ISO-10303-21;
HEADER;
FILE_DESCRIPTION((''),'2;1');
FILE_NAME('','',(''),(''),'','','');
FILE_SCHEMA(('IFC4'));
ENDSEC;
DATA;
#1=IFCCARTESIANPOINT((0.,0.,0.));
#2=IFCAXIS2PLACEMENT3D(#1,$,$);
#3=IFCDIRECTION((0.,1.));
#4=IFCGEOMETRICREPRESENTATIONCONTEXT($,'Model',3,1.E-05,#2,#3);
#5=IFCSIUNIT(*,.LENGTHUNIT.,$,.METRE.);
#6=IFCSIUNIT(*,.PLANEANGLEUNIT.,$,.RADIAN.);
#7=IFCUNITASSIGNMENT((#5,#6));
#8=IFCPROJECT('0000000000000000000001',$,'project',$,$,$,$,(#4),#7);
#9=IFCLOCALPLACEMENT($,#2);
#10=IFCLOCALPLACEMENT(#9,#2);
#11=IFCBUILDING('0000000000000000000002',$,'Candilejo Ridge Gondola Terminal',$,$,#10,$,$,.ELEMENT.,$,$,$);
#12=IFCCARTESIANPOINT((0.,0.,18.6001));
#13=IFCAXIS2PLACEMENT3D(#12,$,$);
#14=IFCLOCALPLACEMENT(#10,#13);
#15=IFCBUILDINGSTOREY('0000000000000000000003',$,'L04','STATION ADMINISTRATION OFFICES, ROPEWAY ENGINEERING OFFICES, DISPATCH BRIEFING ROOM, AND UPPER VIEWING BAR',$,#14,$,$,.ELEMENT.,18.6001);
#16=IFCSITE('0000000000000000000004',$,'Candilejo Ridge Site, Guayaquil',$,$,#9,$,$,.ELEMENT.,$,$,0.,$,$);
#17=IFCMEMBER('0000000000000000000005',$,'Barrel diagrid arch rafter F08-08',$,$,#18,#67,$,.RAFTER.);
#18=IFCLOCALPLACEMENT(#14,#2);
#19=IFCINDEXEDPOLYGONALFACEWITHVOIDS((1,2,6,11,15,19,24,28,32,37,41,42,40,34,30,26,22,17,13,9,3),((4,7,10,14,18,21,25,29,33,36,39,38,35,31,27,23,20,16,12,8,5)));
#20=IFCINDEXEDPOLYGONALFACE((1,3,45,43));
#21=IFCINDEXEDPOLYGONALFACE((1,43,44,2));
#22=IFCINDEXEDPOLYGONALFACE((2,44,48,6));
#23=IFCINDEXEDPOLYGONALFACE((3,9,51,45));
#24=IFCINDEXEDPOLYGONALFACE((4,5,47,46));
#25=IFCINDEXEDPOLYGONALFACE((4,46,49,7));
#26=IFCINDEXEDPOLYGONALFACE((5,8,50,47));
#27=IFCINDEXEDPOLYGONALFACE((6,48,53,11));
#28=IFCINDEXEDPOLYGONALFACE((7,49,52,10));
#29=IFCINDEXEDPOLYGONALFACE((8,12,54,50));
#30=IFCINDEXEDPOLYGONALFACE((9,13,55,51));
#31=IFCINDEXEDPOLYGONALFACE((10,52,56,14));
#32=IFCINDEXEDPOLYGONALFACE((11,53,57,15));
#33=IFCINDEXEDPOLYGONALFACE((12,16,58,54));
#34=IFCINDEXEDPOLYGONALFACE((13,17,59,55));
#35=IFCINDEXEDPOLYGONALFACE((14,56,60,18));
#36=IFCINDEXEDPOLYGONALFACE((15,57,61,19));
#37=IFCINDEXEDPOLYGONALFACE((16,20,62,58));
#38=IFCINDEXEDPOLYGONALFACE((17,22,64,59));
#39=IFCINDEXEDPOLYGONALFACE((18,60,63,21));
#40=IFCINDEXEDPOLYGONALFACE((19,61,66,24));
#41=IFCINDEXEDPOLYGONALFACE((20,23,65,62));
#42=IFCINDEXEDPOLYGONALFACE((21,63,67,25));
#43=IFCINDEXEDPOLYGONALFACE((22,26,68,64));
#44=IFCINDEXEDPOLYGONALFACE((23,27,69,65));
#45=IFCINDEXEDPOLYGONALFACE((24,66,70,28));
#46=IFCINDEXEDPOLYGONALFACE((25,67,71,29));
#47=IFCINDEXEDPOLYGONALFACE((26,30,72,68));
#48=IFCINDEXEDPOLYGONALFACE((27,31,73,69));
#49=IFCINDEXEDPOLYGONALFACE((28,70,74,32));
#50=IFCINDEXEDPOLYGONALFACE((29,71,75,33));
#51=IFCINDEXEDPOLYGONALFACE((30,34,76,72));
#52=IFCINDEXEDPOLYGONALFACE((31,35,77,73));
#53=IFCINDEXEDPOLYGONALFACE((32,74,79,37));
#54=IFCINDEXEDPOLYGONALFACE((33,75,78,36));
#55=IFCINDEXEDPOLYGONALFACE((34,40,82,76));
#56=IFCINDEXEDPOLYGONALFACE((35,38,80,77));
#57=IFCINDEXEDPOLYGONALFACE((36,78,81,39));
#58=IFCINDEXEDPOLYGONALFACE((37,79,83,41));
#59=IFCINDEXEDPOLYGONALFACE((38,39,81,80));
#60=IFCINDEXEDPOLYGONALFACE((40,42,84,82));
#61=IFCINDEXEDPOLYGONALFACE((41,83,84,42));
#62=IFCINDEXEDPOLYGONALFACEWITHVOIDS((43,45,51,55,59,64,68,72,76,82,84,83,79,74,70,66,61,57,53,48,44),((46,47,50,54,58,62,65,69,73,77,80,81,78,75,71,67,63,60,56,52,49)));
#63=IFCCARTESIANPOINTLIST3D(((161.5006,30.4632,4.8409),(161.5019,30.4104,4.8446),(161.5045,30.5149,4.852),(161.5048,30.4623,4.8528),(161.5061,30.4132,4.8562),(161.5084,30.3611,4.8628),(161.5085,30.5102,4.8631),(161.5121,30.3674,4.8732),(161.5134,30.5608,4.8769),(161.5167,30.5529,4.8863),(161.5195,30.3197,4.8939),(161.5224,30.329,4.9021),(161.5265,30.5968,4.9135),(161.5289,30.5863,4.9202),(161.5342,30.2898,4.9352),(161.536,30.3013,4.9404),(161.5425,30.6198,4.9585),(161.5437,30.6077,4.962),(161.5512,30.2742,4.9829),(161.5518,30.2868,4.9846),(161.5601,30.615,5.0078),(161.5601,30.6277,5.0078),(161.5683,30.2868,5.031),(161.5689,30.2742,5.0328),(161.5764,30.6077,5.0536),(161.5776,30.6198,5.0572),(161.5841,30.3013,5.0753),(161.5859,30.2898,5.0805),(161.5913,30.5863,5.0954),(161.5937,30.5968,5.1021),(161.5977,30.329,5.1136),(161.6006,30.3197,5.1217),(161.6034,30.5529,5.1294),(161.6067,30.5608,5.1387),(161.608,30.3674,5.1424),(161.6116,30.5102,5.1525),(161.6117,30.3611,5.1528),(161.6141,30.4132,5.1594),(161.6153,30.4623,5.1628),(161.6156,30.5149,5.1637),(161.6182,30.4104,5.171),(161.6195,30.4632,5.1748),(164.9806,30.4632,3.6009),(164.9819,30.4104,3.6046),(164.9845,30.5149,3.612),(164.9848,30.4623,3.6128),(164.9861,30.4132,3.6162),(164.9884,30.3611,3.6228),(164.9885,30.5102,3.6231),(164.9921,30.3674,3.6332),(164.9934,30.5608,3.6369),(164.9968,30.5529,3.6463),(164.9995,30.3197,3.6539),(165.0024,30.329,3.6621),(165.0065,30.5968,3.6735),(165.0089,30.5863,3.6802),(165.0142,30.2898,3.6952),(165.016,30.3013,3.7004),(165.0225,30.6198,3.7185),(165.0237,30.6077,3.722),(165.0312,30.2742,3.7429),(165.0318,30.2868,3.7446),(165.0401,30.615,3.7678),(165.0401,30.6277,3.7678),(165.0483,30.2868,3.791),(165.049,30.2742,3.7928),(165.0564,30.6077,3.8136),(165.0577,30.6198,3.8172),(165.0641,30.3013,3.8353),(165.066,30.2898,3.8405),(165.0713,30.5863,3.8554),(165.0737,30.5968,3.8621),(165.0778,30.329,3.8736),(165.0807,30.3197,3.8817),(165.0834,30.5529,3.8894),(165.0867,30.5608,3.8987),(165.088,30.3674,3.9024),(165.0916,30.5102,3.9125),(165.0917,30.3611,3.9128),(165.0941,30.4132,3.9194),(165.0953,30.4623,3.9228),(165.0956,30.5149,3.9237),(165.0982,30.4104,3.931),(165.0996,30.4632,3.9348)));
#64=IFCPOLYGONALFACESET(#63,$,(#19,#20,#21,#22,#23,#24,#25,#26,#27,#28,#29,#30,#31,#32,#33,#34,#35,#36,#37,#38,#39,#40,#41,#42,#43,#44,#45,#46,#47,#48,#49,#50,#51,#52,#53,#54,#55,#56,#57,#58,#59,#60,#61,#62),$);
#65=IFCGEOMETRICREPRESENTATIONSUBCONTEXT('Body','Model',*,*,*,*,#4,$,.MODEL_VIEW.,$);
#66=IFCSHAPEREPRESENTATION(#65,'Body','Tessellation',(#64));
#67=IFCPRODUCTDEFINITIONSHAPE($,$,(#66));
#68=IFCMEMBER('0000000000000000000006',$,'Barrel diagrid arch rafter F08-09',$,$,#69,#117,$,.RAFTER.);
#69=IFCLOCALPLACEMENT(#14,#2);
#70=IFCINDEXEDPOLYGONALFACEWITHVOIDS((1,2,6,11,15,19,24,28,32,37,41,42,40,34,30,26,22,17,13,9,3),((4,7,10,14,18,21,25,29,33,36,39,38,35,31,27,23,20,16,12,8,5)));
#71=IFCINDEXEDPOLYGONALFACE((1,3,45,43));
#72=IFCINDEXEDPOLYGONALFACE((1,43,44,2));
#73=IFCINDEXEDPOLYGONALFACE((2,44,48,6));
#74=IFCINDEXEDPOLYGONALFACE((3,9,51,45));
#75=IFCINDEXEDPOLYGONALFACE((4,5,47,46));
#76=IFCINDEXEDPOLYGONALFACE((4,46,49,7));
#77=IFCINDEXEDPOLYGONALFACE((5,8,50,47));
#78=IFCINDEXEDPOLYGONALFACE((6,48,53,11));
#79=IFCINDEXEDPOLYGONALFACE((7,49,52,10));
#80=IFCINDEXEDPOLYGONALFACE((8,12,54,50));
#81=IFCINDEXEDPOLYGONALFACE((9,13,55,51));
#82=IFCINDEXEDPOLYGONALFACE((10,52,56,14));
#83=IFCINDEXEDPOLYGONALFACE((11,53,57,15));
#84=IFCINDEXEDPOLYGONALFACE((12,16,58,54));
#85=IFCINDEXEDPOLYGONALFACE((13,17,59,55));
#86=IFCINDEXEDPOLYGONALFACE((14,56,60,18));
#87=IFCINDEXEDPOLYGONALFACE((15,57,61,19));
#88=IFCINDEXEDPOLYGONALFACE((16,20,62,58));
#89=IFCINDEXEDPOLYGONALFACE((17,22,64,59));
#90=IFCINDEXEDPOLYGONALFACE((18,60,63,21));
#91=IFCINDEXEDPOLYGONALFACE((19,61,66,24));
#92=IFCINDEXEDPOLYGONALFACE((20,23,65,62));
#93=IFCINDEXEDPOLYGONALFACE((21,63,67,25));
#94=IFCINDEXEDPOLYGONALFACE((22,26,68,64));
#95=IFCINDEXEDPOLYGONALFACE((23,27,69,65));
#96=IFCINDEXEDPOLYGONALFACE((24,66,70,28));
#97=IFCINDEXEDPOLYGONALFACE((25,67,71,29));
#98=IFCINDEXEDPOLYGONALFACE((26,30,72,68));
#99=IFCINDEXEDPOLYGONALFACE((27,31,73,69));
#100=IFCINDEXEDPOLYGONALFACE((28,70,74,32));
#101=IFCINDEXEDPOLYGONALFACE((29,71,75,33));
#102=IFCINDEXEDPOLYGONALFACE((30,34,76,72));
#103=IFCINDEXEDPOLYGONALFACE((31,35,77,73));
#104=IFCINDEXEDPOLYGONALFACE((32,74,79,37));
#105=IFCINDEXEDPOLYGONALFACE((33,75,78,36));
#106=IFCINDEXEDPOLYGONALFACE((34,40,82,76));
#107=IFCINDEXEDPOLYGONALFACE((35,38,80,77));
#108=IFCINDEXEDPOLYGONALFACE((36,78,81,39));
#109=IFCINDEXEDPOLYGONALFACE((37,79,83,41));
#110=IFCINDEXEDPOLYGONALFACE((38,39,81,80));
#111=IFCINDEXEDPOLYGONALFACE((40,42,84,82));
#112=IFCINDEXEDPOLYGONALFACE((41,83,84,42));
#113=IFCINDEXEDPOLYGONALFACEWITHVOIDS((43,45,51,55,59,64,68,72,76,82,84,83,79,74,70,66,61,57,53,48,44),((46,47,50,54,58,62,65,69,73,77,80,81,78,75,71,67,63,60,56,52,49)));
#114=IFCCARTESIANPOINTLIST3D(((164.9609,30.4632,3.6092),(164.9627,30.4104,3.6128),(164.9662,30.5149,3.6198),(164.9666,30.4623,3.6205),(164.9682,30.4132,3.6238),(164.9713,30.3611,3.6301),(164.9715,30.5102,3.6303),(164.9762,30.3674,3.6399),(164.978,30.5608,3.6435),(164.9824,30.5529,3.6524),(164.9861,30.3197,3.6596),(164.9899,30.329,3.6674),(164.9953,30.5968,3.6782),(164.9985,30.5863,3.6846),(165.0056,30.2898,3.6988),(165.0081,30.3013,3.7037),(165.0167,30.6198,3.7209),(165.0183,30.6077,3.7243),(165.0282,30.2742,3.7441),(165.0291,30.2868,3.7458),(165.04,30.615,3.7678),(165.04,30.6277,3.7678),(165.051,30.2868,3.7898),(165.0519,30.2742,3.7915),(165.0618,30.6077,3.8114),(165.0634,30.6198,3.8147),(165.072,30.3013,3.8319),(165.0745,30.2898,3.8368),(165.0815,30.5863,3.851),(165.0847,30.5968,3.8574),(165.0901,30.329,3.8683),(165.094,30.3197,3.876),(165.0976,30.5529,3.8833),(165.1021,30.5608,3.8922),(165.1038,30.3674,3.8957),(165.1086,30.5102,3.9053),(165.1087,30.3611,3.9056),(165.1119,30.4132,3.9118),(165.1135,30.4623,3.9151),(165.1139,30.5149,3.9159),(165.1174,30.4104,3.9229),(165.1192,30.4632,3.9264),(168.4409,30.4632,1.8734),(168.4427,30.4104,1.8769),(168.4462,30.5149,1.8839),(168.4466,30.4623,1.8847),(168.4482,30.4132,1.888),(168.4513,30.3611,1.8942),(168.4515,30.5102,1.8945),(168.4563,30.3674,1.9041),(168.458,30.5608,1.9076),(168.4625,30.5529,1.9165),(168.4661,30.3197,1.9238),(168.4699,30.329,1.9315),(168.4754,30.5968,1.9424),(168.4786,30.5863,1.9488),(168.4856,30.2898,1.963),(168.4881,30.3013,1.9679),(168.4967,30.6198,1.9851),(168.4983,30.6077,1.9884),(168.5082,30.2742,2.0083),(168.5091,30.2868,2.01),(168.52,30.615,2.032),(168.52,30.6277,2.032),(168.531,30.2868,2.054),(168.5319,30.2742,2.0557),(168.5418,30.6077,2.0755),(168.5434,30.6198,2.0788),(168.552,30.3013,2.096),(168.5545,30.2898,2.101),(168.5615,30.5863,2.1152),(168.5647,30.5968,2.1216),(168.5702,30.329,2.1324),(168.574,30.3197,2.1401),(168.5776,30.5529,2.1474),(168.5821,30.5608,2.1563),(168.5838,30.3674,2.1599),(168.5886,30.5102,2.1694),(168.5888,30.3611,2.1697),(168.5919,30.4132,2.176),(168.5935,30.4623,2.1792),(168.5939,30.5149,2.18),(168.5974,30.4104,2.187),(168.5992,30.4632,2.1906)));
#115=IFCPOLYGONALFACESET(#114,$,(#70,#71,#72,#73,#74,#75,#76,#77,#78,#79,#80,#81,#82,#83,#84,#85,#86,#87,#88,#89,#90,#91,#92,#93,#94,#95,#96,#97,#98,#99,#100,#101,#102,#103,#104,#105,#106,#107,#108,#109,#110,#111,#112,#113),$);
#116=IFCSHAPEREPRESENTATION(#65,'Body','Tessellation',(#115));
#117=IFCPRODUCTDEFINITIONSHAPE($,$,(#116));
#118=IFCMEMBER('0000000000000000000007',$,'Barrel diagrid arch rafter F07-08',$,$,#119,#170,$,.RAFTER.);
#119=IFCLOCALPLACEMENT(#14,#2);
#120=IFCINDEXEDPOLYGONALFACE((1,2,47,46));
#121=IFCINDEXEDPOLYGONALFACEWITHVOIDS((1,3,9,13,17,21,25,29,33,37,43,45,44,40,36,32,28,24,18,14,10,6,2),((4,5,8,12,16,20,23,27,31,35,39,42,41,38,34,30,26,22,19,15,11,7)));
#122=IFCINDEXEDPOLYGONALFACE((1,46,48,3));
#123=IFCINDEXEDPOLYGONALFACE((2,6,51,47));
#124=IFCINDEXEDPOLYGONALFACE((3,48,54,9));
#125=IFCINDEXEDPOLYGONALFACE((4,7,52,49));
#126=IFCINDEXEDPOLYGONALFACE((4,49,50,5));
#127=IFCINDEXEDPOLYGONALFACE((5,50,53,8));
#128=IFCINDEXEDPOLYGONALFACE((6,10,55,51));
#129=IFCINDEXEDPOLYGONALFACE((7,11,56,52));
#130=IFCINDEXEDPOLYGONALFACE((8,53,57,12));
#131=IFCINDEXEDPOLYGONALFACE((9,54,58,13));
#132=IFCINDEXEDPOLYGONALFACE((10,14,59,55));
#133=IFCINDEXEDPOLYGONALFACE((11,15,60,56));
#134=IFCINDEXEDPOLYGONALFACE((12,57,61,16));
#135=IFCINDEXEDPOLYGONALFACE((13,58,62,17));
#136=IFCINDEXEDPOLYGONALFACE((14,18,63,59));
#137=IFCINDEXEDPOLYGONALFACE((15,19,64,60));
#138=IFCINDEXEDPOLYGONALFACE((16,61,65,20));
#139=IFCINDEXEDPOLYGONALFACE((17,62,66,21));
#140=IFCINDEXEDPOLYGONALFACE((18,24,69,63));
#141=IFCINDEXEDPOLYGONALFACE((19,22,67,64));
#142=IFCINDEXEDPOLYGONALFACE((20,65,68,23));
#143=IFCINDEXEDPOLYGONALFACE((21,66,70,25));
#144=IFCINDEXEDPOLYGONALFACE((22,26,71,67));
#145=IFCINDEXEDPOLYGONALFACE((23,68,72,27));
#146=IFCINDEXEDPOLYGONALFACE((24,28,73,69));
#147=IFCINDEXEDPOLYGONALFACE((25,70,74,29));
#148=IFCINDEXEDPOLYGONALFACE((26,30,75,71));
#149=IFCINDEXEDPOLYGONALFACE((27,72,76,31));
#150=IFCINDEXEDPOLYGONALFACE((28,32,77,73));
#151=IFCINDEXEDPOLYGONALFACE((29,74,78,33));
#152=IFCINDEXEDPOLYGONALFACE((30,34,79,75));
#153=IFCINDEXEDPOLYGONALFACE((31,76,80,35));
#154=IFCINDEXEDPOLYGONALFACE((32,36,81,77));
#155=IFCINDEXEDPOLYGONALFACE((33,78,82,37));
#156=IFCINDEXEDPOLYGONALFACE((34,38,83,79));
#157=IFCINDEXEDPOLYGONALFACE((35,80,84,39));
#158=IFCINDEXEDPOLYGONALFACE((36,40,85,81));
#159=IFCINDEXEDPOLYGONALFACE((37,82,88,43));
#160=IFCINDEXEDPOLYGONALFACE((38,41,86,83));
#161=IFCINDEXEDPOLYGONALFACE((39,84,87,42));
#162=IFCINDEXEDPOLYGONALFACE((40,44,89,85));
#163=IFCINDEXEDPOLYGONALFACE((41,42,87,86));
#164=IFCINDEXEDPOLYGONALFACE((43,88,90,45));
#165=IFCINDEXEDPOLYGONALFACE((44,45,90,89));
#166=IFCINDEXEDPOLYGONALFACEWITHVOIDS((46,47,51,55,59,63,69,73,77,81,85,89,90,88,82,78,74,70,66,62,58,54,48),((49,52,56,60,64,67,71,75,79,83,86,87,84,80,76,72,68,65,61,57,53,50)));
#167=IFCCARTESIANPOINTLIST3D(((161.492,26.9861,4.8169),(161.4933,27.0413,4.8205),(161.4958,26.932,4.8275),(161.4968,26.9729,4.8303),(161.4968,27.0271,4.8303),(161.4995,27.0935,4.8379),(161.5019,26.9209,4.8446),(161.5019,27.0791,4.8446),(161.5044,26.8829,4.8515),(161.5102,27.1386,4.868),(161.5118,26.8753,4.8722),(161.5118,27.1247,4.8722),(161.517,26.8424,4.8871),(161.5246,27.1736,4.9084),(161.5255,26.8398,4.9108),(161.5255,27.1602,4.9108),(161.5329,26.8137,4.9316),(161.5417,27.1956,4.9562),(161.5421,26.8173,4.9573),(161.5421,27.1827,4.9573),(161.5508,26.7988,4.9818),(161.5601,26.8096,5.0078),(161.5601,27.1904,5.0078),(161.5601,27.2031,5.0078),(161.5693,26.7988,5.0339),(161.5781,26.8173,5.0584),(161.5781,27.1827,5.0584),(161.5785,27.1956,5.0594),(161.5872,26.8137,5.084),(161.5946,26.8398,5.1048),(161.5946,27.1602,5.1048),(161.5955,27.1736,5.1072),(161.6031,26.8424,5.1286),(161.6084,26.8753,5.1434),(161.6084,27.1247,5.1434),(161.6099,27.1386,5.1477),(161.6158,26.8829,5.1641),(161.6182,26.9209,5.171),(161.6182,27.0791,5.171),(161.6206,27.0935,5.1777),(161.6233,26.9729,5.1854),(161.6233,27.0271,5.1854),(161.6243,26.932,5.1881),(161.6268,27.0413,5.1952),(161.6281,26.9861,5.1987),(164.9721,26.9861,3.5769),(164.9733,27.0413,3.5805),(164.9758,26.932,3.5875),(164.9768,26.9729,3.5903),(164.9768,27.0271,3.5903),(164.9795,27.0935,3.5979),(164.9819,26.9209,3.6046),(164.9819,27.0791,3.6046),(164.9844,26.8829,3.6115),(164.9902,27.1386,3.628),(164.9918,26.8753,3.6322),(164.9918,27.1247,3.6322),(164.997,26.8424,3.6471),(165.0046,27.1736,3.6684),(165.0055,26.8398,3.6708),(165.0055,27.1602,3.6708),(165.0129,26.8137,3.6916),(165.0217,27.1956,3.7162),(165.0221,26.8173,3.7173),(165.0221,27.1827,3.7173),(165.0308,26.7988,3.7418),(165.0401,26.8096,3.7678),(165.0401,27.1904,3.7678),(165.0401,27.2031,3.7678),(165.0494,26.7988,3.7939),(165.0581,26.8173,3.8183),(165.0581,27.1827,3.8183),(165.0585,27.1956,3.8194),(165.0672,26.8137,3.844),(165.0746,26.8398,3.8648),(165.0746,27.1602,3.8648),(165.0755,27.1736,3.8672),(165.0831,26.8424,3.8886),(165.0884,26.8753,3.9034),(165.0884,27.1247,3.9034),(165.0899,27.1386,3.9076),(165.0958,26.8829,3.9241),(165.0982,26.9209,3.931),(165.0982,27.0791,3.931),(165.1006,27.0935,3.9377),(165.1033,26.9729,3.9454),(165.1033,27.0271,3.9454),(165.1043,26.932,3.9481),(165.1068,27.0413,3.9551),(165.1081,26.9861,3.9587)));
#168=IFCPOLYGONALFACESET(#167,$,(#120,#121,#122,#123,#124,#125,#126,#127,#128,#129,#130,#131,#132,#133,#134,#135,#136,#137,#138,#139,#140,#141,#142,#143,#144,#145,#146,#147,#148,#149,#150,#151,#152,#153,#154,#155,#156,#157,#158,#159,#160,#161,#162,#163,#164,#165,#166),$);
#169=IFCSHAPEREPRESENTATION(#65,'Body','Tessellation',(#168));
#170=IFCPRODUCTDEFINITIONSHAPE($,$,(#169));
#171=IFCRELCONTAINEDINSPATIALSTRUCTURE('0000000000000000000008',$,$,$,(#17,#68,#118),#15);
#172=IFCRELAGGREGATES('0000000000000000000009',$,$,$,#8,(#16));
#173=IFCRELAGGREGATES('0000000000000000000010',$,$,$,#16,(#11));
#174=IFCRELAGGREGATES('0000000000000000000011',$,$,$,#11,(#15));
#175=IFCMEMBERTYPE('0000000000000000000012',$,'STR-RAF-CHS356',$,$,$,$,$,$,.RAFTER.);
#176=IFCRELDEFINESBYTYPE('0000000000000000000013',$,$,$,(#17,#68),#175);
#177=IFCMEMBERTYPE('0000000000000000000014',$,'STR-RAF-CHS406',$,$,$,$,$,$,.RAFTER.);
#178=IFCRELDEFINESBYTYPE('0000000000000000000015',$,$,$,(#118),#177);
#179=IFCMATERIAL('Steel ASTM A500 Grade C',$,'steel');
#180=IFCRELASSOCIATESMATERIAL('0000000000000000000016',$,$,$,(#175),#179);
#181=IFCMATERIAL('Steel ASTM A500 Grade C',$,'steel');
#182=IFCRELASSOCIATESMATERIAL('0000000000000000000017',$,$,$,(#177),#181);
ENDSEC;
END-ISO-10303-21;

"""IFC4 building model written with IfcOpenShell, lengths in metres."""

from ifc_helpers import new_model, si_unit, direction, frame, origin, origin_2d, place, context, subcontext, project, spatial, hollow_circle, extrude, material, material_profile, profile_set, type_object, element, save


model = new_model("IFC4")

# Units and contexts
model_context = context("Model", 3, precision=1e-05, world=origin(), true_north=direction((0.0, 1.0)))
body_context = subcontext(model_context, "Body", "Model", "MODEL_VIEW")
ifc_project = project(units=[si_unit("LENGTHUNIT", "METRE"), si_unit("PLANEANGLEUNIT", "RADIAN")], contexts=[model_context])

# Site, building, storey
site_placement = place(None, origin())
site = spatial("IfcSite", under=ifc_project, at=site_placement, Name="Candilejo Ridge Site, Guayaquil", CompositionType="ELEMENT", RefElevation=0.0)
building_placement = place(site_placement, origin())
building = spatial("IfcBuilding", under=site, at=building_placement, Name="Candilejo Ridge Gondola Terminal", CompositionType="ELEMENT")
storey_placement = place(building_placement, frame((0.0, 0.0, 18.6001)))
storey = spatial("IfcBuildingStorey", under=building, at=storey_placement, Name="L04", Description="STATION ADMINISTRATION OFFICES, ROPEWAY ENGINEERING OFFICES, DISPATCH BRIEFING ROOM, AND UPPER VIEWING BAR", CompositionType="ELEMENT", Elevation=18.6001)

# Members
ifc_material_1 = material(Name="Steel ASTM A500 Grade C", Category="steel")
ifc_material_profile_1 = material_profile(ifc_material_1, hollow_circle(Radius=0.1777, WallThickness=0.0127, at=origin_2d()))
ifc_profile_set_1 = profile_set([ifc_material_profile_1], Name="Steel ASTM A500 Grade C")
member_type_1 = type_object("IfcMemberType", Name="STR-RAF-CHS356", PredefinedType="RAFTER", material=ifc_profile_set_1)
member_1_placement = place(storey_placement, frame((161.5601, 30.45, 5.0078), z_axis=(0.941987, 0.0, -0.33565), x_axis=(0.0, 1.0, 0.0)))
element("IfcMember", 1, at=member_1_placement, inside=storey, type_object=member_type_1, Name="Barrel diagrid arch rafter F08-08", PredefinedType="RAFTER", context=body_context, shape_type="SweptSolid", body=[
    extrude(hollow_circle(Radius=0.1777, WallThickness=0.0127, at=origin_2d()), origin(), (0.0, 0.0, 1.0), 3.6943),
])
member_2_placement = place(storey_placement, frame((165.04, 30.45, 3.7678), z_axis=(0.894854, 0.0, -0.44636), x_axis=(0.0, 1.0, 0.0)))
element("IfcMember", 2, at=member_2_placement, inside=storey, type_object=member_type_1, Name="Barrel diagrid arch rafter F08-09", PredefinedType="RAFTER", context=body_context, shape_type="SweptSolid", body=[
    extrude(hollow_circle(Radius=0.1777, WallThickness=0.0127, at=origin_2d()), origin(), (0.0, 0.0, 1.0), 3.8889),
])
ifc_material_2 = material(Name="Steel ASTM A500 Grade C", Category="steel")
ifc_material_profile_2 = material_profile(ifc_material_2, hollow_circle(Radius=0.2031, WallThickness=0.0127, at=origin_2d()))
ifc_profile_set_2 = profile_set([ifc_material_profile_2], Name="Steel ASTM A500 Grade C")
member_type_2 = type_object("IfcMemberType", Name="STR-RAF-CHS406", PredefinedType="RAFTER", material=ifc_profile_set_2)
member_3_placement = place(storey_placement, frame((161.5601, 27.0, 5.0078), z_axis=(0.941987, 0.0, -0.33565), x_axis=(0.0, 1.0, 0.0)))
element("IfcMember", 3, at=member_3_placement, inside=storey, type_object=member_type_2, Name="Barrel diagrid arch rafter F07-08", PredefinedType="RAFTER", context=body_context, shape_type="SweptSolid", body=[
    extrude(hollow_circle(Radius=0.2031, WallThickness=0.0127, at=origin_2d()), origin(), (0.0, 0.0, 1.0), 3.6943),
])

save(model, "model.ifc")
